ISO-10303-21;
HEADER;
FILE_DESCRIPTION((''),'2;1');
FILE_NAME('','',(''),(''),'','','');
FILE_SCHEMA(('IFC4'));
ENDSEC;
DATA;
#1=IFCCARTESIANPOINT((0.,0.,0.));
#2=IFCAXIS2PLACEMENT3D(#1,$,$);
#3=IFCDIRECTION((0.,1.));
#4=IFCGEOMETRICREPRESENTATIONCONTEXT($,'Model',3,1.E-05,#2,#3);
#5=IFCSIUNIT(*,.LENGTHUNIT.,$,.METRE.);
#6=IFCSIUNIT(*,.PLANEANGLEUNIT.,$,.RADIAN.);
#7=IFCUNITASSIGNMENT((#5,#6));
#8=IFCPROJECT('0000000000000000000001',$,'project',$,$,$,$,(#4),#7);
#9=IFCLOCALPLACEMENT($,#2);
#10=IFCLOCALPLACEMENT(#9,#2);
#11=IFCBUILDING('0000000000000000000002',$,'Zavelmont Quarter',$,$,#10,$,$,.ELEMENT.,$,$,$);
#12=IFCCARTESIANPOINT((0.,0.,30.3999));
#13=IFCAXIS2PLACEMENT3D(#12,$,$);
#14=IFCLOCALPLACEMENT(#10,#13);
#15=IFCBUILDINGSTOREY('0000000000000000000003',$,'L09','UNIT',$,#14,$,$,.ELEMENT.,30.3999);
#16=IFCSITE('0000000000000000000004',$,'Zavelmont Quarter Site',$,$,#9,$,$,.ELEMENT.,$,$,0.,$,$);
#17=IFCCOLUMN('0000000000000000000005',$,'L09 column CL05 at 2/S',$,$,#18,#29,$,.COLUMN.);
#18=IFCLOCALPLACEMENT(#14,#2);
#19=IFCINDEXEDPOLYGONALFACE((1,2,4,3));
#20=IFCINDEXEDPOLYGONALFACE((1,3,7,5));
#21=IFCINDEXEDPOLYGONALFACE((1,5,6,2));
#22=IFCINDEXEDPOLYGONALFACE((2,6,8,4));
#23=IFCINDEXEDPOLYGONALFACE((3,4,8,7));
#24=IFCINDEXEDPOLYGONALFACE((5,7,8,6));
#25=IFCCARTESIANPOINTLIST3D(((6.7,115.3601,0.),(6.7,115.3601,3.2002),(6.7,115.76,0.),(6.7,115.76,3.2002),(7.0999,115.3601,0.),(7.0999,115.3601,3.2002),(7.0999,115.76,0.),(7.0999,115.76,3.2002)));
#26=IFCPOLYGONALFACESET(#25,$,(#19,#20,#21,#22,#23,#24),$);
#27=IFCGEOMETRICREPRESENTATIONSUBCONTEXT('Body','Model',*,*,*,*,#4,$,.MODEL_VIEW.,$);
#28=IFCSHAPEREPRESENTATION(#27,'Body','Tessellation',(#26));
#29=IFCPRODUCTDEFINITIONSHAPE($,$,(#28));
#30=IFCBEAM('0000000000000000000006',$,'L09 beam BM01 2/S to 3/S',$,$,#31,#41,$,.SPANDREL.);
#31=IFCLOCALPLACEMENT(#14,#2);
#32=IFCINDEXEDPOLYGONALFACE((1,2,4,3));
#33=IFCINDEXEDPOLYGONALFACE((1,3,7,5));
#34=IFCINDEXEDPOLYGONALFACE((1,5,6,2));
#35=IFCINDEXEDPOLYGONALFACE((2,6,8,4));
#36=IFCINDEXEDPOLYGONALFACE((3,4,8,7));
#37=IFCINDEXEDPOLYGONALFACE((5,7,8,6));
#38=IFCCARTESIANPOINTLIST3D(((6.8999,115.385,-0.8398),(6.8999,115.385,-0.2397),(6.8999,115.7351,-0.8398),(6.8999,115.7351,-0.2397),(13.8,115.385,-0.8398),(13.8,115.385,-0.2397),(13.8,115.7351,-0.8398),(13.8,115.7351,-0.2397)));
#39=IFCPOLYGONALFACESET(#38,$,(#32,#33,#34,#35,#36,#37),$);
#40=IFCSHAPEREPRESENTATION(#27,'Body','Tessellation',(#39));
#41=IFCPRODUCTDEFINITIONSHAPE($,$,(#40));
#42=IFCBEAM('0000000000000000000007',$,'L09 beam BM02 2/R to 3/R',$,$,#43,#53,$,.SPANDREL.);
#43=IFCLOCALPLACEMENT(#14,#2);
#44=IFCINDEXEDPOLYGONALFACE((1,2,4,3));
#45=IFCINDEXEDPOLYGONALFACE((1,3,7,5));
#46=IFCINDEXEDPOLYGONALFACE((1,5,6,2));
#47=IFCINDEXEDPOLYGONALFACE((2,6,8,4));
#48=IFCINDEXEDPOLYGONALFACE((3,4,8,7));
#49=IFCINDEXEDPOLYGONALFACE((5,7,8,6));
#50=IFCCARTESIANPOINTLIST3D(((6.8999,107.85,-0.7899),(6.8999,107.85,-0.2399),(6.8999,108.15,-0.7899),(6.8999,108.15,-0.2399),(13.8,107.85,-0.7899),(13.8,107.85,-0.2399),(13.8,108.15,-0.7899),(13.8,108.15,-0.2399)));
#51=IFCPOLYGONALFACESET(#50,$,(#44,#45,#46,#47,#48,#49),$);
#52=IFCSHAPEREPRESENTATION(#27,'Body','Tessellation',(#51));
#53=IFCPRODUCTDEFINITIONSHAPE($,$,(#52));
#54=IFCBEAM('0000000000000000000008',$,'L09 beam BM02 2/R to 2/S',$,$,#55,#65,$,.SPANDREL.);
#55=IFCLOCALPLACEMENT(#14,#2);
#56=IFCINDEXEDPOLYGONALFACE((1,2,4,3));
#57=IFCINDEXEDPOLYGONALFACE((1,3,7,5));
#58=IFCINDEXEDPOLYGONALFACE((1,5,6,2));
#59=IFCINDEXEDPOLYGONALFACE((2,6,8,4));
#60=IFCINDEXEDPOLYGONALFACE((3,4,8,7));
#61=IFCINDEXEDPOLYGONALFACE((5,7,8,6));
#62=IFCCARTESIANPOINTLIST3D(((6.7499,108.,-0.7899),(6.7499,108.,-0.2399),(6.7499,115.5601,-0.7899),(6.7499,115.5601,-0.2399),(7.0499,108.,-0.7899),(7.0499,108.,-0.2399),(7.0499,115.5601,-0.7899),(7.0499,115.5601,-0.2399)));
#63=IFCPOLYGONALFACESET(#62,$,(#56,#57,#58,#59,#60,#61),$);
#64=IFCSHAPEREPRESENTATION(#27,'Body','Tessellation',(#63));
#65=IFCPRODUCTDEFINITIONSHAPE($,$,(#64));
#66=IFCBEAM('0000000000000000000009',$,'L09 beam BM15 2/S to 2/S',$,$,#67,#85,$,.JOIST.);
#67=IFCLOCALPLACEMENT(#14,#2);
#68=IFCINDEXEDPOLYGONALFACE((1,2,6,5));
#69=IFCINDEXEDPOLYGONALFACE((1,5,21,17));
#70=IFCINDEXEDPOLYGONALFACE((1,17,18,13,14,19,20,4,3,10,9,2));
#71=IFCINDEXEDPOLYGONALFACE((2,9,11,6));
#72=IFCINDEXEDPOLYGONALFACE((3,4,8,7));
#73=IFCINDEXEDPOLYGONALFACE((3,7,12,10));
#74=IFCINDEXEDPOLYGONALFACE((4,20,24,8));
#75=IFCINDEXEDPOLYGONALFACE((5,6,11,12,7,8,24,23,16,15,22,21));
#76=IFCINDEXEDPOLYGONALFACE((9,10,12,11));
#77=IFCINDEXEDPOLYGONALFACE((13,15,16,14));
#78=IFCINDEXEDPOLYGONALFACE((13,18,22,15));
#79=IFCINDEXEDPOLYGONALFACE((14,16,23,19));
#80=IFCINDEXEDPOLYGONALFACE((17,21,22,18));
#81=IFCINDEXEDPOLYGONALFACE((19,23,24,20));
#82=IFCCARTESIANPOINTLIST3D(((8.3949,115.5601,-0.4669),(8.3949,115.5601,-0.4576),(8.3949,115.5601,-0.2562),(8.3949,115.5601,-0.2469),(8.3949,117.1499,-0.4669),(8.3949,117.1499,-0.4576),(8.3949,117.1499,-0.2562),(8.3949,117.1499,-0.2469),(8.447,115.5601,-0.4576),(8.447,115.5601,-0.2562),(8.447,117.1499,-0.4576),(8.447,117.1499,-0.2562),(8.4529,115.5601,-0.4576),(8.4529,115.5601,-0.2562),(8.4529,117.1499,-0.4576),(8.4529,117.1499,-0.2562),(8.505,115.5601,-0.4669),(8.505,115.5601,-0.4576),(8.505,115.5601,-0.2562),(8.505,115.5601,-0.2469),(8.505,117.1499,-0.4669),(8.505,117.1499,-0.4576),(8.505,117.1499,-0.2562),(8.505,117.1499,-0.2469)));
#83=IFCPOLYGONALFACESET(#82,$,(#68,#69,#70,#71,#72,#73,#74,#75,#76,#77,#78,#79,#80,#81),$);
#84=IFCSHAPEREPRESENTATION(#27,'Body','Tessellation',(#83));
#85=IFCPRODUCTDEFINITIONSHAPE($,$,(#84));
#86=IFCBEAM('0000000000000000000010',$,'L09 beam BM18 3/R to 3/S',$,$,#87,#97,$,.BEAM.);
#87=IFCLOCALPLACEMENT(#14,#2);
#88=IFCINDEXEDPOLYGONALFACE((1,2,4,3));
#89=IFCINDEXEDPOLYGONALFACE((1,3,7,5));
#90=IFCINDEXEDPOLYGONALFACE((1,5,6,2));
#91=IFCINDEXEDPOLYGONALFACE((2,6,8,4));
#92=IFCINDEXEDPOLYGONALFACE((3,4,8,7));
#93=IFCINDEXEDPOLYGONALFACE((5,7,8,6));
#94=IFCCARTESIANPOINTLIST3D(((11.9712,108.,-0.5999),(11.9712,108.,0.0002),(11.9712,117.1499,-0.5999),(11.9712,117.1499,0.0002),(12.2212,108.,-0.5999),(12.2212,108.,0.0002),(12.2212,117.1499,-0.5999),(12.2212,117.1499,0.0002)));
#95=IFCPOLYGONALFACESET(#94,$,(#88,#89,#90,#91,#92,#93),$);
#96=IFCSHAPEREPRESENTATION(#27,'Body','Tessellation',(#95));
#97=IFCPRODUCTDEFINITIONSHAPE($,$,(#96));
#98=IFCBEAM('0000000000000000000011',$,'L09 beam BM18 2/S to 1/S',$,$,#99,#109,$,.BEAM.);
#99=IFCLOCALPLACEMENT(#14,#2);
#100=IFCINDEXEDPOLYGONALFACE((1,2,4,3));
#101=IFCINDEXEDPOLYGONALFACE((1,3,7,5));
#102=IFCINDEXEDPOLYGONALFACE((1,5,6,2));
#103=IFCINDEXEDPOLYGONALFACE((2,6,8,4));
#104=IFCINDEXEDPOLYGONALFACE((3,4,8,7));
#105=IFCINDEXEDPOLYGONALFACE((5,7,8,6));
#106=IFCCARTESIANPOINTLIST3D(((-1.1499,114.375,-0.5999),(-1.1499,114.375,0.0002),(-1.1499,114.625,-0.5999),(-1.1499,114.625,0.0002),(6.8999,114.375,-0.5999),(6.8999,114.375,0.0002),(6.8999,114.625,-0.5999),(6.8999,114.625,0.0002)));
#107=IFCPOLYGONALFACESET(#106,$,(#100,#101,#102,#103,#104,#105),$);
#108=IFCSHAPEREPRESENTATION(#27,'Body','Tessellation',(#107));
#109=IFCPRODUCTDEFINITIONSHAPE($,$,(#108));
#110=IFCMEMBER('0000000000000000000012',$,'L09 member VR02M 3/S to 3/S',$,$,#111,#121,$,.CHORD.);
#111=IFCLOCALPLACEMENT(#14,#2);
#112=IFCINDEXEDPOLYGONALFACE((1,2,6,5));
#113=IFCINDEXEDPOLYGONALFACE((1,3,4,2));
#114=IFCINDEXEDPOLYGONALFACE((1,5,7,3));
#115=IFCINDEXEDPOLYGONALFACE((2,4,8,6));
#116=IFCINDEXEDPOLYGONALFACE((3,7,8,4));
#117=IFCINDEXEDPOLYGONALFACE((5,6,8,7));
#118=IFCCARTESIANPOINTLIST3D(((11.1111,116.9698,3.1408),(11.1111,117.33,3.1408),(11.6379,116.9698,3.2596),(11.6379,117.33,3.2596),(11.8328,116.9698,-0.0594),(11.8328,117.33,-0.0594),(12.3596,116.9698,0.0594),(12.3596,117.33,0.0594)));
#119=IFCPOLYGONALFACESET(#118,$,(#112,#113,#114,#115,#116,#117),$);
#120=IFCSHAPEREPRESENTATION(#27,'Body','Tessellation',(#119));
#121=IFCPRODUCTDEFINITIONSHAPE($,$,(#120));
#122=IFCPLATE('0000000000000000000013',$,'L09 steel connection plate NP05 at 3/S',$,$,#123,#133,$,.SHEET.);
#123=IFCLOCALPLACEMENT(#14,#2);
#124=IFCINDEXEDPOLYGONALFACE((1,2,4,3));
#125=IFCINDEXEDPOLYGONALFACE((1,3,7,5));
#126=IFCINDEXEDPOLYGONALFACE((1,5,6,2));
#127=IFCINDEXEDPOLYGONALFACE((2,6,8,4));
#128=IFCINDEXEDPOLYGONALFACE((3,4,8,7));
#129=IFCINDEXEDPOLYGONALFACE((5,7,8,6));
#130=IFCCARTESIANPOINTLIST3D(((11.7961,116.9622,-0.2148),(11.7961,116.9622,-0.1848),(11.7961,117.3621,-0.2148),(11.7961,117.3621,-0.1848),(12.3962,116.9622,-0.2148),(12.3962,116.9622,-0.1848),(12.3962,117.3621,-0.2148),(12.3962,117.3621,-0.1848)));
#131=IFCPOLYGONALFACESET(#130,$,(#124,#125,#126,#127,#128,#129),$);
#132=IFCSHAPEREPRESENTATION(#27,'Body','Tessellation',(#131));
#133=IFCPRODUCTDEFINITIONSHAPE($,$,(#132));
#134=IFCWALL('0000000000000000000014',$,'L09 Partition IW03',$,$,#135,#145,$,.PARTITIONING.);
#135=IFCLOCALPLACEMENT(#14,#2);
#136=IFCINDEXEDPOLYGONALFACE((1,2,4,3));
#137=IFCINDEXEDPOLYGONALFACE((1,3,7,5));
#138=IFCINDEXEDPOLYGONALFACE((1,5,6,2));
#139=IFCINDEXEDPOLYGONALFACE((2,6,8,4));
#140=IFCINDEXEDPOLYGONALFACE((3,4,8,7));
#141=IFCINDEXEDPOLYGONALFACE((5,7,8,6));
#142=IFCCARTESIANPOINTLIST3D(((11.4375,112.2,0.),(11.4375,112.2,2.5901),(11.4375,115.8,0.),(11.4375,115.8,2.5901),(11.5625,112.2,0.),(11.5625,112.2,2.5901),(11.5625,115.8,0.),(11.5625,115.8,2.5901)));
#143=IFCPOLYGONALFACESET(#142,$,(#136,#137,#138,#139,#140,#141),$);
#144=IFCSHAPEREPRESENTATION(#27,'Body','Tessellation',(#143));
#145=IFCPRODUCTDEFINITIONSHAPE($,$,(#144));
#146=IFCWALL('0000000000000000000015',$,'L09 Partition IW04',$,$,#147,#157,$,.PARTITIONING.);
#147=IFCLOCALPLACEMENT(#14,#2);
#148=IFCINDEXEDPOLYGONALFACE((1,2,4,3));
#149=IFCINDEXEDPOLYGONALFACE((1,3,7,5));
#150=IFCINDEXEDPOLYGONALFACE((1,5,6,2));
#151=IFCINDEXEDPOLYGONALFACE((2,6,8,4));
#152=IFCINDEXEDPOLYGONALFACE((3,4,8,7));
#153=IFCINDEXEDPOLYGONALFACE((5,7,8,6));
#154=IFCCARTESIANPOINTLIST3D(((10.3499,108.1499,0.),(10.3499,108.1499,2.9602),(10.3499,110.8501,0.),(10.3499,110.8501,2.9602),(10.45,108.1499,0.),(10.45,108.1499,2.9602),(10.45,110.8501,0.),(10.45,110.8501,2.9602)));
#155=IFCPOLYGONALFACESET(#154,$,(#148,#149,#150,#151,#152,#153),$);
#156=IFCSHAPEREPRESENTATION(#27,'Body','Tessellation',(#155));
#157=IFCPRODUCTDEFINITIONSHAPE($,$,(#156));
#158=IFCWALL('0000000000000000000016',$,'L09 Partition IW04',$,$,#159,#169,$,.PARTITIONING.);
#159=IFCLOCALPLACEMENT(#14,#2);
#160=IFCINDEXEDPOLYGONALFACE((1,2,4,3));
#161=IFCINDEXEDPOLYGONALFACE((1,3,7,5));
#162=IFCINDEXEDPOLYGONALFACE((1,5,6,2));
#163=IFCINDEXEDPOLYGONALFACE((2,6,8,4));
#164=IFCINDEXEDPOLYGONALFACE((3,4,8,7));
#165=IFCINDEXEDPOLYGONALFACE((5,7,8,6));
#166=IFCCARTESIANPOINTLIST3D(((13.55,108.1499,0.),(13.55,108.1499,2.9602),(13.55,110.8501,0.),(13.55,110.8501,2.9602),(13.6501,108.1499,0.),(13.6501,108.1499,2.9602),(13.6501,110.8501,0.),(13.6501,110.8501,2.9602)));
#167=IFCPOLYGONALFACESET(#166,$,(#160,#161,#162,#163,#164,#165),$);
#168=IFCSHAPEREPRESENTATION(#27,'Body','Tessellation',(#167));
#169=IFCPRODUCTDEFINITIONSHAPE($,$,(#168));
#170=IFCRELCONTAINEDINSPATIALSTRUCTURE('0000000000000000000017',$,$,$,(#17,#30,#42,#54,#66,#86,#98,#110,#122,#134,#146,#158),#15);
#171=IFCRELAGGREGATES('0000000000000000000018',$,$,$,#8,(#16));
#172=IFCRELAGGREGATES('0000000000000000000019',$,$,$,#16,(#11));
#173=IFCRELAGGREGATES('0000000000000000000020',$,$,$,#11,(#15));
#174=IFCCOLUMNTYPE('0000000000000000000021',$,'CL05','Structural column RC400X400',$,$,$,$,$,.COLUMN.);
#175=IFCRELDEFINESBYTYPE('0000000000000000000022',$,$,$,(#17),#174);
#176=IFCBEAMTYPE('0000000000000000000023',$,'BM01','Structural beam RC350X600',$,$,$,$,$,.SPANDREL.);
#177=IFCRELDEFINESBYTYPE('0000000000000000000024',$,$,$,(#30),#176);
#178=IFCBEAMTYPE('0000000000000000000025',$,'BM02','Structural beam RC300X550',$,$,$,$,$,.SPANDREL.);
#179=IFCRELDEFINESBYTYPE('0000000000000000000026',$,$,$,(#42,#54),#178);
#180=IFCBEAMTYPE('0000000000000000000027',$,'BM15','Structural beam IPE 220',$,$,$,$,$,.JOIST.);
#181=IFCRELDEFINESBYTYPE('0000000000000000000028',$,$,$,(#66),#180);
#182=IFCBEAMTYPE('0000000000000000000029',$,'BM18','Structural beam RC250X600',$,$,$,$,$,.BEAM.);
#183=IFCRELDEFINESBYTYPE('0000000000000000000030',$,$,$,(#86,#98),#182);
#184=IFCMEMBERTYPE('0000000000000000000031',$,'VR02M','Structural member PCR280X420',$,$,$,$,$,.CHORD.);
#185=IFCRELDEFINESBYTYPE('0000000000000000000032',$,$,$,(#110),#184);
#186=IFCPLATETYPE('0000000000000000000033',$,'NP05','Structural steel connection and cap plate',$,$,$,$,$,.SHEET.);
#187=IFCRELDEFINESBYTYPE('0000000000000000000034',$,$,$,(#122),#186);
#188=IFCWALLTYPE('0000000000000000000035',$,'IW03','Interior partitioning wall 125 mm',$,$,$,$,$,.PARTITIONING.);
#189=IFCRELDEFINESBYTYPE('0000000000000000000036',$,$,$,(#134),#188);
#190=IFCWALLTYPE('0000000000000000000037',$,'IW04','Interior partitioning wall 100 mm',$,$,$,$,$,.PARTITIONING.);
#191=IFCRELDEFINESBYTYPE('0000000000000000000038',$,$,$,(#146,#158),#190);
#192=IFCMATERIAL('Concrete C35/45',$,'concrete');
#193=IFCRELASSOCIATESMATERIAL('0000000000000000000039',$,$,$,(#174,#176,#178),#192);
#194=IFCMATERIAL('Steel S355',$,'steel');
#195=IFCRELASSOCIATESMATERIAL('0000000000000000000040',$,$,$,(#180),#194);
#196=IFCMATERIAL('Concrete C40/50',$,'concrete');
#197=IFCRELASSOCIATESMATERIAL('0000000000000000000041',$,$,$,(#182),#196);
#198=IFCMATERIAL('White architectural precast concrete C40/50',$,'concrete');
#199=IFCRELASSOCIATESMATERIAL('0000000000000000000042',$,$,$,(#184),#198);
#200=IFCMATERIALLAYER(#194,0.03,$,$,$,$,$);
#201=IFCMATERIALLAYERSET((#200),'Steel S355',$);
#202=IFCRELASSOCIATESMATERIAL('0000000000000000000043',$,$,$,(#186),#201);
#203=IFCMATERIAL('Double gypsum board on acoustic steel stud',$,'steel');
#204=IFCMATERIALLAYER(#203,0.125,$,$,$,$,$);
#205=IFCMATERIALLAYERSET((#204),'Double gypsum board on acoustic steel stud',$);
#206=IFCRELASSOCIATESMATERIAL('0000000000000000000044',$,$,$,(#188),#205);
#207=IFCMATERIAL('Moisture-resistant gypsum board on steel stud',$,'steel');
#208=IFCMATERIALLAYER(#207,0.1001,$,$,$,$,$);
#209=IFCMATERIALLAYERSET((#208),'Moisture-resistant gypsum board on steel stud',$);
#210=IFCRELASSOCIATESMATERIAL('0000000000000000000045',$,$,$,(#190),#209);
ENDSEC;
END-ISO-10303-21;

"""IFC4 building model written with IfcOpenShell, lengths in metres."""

from ifc_helpers import new_model, si_unit, direction, frame, frame_2d, origin, origin_2d, place, context, subcontext, project, spatial, rectangle, i_section, extrude, material, layer, layer_set, material_profile, profile_set, type_object, element, save


model = new_model("IFC4")

# Units and contexts
model_context = context("Model", 3, precision=1e-05, world=origin(), true_north=direction((0.0, 1.0)))
body_context = subcontext(model_context, "Body", "Model", "MODEL_VIEW")
ifc_project = project(units=[si_unit("LENGTHUNIT", "METRE"), si_unit("PLANEANGLEUNIT", "RADIAN")], contexts=[model_context])

# Site, building, storey
site_placement = place(None, origin())
site = spatial("IfcSite", under=ifc_project, at=site_placement, Name="Zavelmont Quarter Site", CompositionType="ELEMENT", RefElevation=0.0)
building_placement = place(site_placement, origin())
building = spatial("IfcBuilding", under=site, at=building_placement, Name="Zavelmont Quarter", CompositionType="ELEMENT")
storey_placement = place(building_placement, frame((0.0, 0.0, 30.3999)))
storey = spatial("IfcBuildingStorey", under=building, at=storey_placement, Name="L09", Description="UNIT", CompositionType="ELEMENT", Elevation=30.3999)

# Column
ifc_material_1 = material(Name="Concrete C35/45", Category="concrete")
ifc_material_profile_1 = material_profile(ifc_material_1, rectangle(XDim=0.3999, YDim=0.3999, at=origin_2d()), Name="RC400X400")
ifc_profile_set_1 = profile_set([ifc_material_profile_1], Name="Concrete C35/45")
column_type = type_object("IfcColumnType", Name="CL05", Description="Structural column RC400X400", PredefinedType="COLUMN", material=ifc_profile_set_1)
column_placement = place(storey_placement, frame((6.8999, 115.5601, 0.0), z_axis=(0.0, 0.0, 1.0), x_axis=(1.0, 0.0, 0.0)))
element("IfcColumn", 1, at=column_placement, inside=storey, type_object=column_type, Name="L09 column CL05 at 2/S", PredefinedType="COLUMN", context=body_context, shape_type="SweptSolid", body=[
    extrude(rectangle(XDim=0.3999, YDim=0.3999, at=origin_2d()), origin(), (0.0, 0.0, 1.0), 3.2002),
])

# Beams
ifc_material_profile_2 = material_profile(ifc_material_1, rectangle(XDim=0.3501, YDim=0.6001, at=origin_2d()), Name="RC350X600")
ifc_profile_set_2 = profile_set([ifc_material_profile_2], Name="Concrete C35/45")
beam_type_1 = type_object("IfcBeamType", Name="BM01", Description="Structural beam RC350X600", PredefinedType="SPANDREL", material=ifc_profile_set_2)
beam_1_placement = place(storey_placement, frame((6.8999, 115.5601, -0.5398), z_axis=(1.0, 0.0, 0.0), x_axis=(0.0, 1.0, 0.0)))
element("IfcBeam", 2, at=beam_1_placement, inside=storey, type_object=beam_type_1, Name="L09 beam BM01 2/S to 3/S", PredefinedType="SPANDREL", context=body_context, shape_type="SweptSolid", body=[
    extrude(rectangle(XDim=0.3501, YDim=0.6001, at=origin_2d()), origin(), (0.0, 0.0, 1.0), 6.9001),
])
ifc_material_profile_3 = material_profile(ifc_material_1, rectangle(XDim=0.3, YDim=0.55, at=origin_2d()), Name="RC300X550")
ifc_profile_set_3 = profile_set([ifc_material_profile_3], Name="Concrete C35/45")
beam_type_2 = type_object("IfcBeamType", Name="BM02", Description="Structural beam RC300X550", PredefinedType="SPANDREL", material=ifc_profile_set_3)
beam_2_placement = place(storey_placement, frame((6.8999, 108.0, -0.5149), z_axis=(1.0, 0.0, 0.0), x_axis=(0.0, 1.0, 0.0)))
element("IfcBeam", 3, at=beam_2_placement, inside=storey, type_object=beam_type_2, Name="L09 beam BM02 2/R to 3/R", PredefinedType="SPANDREL", context=body_context, shape_type="SweptSolid", body=[
    extrude(rectangle(XDim=0.3, YDim=0.55, at=origin_2d()), origin(), (0.0, 0.0, 1.0), 6.9001),
])
beam_3_placement = place(storey_placement, frame((6.8999, 108.0, -0.5149), z_axis=(0.0, 1.0, 0.0), x_axis=(-1.0, 0.0, 0.0)))
element("IfcBeam", 4, at=beam_3_placement, inside=storey, type_object=beam_type_2, Name="L09 beam BM02 2/R to 2/S", PredefinedType="SPANDREL", context=body_context, shape_type="SweptSolid", body=[
    extrude(rectangle(XDim=0.3, YDim=0.55, at=origin_2d()), origin(), (0.0, 0.0, 1.0), 7.5601),
])
ifc_material_2 = material(Name="Steel S355", Category="steel")
ifc_material_profile_4 = material_profile(ifc_material_2, i_section(OverallWidth=0.1101, OverallDepth=0.22, WebThickness=0.0059, FlangeThickness=0.0093, at=origin_2d()), Name="IPE 220")
ifc_profile_set_4 = profile_set([ifc_material_profile_4], Name="Steel S355")
beam_type_3 = type_object("IfcBeamType", Name="BM15", Description="Structural beam IPE 220", PredefinedType="JOIST", material=ifc_profile_set_4)
beam_4_placement = place(storey_placement, frame((8.45, 115.5601, -0.3569), z_axis=(0.0, 1.0, 0.0), x_axis=(-1.0, 0.0, 0.0)))
element("IfcBeam", 5, at=beam_4_placement, inside=storey, type_object=beam_type_3, Name="L09 beam BM15 2/S to 2/S", PredefinedType="JOIST", context=body_context, shape_type="SweptSolid", body=[
    extrude(i_section(OverallWidth=0.1101, OverallDepth=0.22, WebThickness=0.0059, FlangeThickness=0.0093, at=origin_2d()), origin(), (0.0, 0.0, 1.0), 1.5898),
])
ifc_material_3 = material(Name="Concrete C40/50", Category="concrete")
ifc_material_profile_5 = material_profile(ifc_material_3, rectangle(XDim=0.25, YDim=0.6001, at=origin_2d()), Name="RC250X600")
ifc_profile_set_5 = profile_set([ifc_material_profile_5], Name="Concrete C40/50")
beam_type_4 = type_object("IfcBeamType", Name="BM18", Description="Structural beam RC250X600", PredefinedType="BEAM", material=ifc_profile_set_5)
beam_5_placement = place(storey_placement, frame((12.0962, 108.0, -0.2998), z_axis=(0.0, 1.0, 0.0), x_axis=(-1.0, 0.0, 0.0)))
element("IfcBeam", 6, at=beam_5_placement, inside=storey, type_object=beam_type_4, Name="L09 beam BM18 3/R to 3/S", PredefinedType="BEAM", context=body_context, shape_type="SweptSolid", body=[
    extrude(rectangle(XDim=0.25, YDim=0.6001, at=origin_2d()), origin(), (0.0, 0.0, 1.0), 9.1499),
])
beam_6_placement = place(storey_placement, frame((6.8999, 114.5, -0.2998), z_axis=(-1.0, 0.0, 0.0), x_axis=(0.0, -1.0, 0.0)))
element("IfcBeam", 7, at=beam_6_placement, inside=storey, type_object=beam_type_4, Name="L09 beam BM18 2/S to 1/S", PredefinedType="BEAM", context=body_context, shape_type="SweptSolid", body=[
    extrude(rectangle(XDim=0.25, YDim=0.6001, at=origin_2d()), origin(), (0.0, 0.0, 1.0), 8.0498),
])

# Member
ifc_material_4 = material(Name="White architectural precast concrete C40/50", Category="concrete")
ifc_material_profile_6 = material_profile(ifc_material_4, rectangle(XDim=0.3601, YDim=0.54, at=origin_2d()), Name="PCR280X420")
ifc_profile_set_6 = profile_set([ifc_material_profile_6], Name="White architectural precast concrete C40/50")
member_type = type_object("IfcMemberType", Name="VR02M", Description="Structural member PCR280X420", PredefinedType="CHORD", material=ifc_profile_set_6)
member_placement = place(storey_placement, frame((12.0962, 117.1499, 0.0), z_axis=(-0.219987, 0.0, 0.975503), x_axis=(0.0, -1.0, 0.0)))
element("IfcMember", 8, at=member_placement, inside=storey, type_object=member_type, Name="L09 member VR02M 3/S to 3/S", PredefinedType="CHORD", context=body_context, shape_type="SweptSolid", body=[
    extrude(rectangle(XDim=0.3601, YDim=0.54, at=origin_2d()), origin(), (0.0, 0.0, 1.0), 3.2805),
])

# Plate
ifc_layer_1 = layer(ifc_material_2, 0.03)
ifc_layer_set_1 = layer_set([ifc_layer_1], Name="Steel S355")
plate_type = type_object("IfcPlateType", Name="NP05", Description="Structural steel connection and cap plate", PredefinedType="SHEET", material=ifc_layer_set_1)
plate_placement = place(storey_placement, frame((12.0962, 117.1621, -0.2148), z_axis=(0.0, 0.0, 1.0), x_axis=(1.0, 0.0, 0.0)))
element("IfcPlate", 9, at=plate_placement, inside=storey, type_object=plate_type, Name="L09 steel connection plate NP05 at 3/S", PredefinedType="SHEET", context=body_context, shape_type="SweptSolid", body=[
    extrude(rectangle(XDim=0.6001, YDim=0.3999, at=origin_2d()), origin(), (0.0, 0.0, 1.0), 0.03),
])

# Walls
ifc_material_5 = material(Name="Double gypsum board on acoustic steel stud", Category="steel")
ifc_layer_2 = layer(ifc_material_5, 0.125)
ifc_layer_set_2 = layer_set([ifc_layer_2], Name="Double gypsum board on acoustic steel stud")
wall_type_1 = type_object("IfcWallType", Name="IW03", Description="Interior partitioning wall 125 mm", PredefinedType="PARTITIONING", material=ifc_layer_set_2)
wall_placement = place(storey_placement, frame((11.5, 112.2, 0.0), z_axis=(0.0, 0.0, 1.0), x_axis=(0.0, 1.0, 0.0)))
element("IfcWall", 10, at=wall_placement, inside=storey, type_object=wall_type_1, Name="L09 Partition IW03", PredefinedType="PARTITIONING", context=body_context, shape_type="SweptSolid", body=[
    extrude(rectangle(XDim=3.6001, YDim=0.125, at=frame_2d((1.8, 0.0))), origin(), (0.0, 0.0, 1.0), 2.5901),
])
ifc_material_6 = material(Name="Moisture-resistant gypsum board on steel stud", Category="steel")
ifc_layer_3 = layer(ifc_material_6, 0.1001)
ifc_layer_set_3 = layer_set([ifc_layer_3], Name="Moisture-resistant gypsum board on steel stud")
wall_type_2 = type_object("IfcWallType", Name="IW04", Description="Interior partitioning wall 100 mm", PredefinedType="PARTITIONING", material=ifc_layer_set_3)
for number, where, z_axis, x_axis, name in (
    (11, (10.3999, 108.1499, 0.0), (0.0, 0.0, 1.0), (0.0, 1.0, 0.0), "L09 Partition IW04"),
    (12, (13.6001, 108.1499, 0.0), (0.0, 0.0, 1.0), (0.0, 1.0, 0.0), "L09 Partition IW04"),
):
    element("IfcWall", number, at=place(storey_placement, frame(where, z_axis=z_axis, x_axis=x_axis)), inside=storey, type_object=wall_type_2, Name=name, PredefinedType="PARTITIONING", context=body_context, shape_type="SweptSolid", body=[
        extrude(rectangle(XDim=2.7002, YDim=0.1001, at=frame_2d((1.3501, 0.0))), origin(), (0.0, 0.0, 1.0), 2.9602),
    ])

save(model, "model.ifc")
